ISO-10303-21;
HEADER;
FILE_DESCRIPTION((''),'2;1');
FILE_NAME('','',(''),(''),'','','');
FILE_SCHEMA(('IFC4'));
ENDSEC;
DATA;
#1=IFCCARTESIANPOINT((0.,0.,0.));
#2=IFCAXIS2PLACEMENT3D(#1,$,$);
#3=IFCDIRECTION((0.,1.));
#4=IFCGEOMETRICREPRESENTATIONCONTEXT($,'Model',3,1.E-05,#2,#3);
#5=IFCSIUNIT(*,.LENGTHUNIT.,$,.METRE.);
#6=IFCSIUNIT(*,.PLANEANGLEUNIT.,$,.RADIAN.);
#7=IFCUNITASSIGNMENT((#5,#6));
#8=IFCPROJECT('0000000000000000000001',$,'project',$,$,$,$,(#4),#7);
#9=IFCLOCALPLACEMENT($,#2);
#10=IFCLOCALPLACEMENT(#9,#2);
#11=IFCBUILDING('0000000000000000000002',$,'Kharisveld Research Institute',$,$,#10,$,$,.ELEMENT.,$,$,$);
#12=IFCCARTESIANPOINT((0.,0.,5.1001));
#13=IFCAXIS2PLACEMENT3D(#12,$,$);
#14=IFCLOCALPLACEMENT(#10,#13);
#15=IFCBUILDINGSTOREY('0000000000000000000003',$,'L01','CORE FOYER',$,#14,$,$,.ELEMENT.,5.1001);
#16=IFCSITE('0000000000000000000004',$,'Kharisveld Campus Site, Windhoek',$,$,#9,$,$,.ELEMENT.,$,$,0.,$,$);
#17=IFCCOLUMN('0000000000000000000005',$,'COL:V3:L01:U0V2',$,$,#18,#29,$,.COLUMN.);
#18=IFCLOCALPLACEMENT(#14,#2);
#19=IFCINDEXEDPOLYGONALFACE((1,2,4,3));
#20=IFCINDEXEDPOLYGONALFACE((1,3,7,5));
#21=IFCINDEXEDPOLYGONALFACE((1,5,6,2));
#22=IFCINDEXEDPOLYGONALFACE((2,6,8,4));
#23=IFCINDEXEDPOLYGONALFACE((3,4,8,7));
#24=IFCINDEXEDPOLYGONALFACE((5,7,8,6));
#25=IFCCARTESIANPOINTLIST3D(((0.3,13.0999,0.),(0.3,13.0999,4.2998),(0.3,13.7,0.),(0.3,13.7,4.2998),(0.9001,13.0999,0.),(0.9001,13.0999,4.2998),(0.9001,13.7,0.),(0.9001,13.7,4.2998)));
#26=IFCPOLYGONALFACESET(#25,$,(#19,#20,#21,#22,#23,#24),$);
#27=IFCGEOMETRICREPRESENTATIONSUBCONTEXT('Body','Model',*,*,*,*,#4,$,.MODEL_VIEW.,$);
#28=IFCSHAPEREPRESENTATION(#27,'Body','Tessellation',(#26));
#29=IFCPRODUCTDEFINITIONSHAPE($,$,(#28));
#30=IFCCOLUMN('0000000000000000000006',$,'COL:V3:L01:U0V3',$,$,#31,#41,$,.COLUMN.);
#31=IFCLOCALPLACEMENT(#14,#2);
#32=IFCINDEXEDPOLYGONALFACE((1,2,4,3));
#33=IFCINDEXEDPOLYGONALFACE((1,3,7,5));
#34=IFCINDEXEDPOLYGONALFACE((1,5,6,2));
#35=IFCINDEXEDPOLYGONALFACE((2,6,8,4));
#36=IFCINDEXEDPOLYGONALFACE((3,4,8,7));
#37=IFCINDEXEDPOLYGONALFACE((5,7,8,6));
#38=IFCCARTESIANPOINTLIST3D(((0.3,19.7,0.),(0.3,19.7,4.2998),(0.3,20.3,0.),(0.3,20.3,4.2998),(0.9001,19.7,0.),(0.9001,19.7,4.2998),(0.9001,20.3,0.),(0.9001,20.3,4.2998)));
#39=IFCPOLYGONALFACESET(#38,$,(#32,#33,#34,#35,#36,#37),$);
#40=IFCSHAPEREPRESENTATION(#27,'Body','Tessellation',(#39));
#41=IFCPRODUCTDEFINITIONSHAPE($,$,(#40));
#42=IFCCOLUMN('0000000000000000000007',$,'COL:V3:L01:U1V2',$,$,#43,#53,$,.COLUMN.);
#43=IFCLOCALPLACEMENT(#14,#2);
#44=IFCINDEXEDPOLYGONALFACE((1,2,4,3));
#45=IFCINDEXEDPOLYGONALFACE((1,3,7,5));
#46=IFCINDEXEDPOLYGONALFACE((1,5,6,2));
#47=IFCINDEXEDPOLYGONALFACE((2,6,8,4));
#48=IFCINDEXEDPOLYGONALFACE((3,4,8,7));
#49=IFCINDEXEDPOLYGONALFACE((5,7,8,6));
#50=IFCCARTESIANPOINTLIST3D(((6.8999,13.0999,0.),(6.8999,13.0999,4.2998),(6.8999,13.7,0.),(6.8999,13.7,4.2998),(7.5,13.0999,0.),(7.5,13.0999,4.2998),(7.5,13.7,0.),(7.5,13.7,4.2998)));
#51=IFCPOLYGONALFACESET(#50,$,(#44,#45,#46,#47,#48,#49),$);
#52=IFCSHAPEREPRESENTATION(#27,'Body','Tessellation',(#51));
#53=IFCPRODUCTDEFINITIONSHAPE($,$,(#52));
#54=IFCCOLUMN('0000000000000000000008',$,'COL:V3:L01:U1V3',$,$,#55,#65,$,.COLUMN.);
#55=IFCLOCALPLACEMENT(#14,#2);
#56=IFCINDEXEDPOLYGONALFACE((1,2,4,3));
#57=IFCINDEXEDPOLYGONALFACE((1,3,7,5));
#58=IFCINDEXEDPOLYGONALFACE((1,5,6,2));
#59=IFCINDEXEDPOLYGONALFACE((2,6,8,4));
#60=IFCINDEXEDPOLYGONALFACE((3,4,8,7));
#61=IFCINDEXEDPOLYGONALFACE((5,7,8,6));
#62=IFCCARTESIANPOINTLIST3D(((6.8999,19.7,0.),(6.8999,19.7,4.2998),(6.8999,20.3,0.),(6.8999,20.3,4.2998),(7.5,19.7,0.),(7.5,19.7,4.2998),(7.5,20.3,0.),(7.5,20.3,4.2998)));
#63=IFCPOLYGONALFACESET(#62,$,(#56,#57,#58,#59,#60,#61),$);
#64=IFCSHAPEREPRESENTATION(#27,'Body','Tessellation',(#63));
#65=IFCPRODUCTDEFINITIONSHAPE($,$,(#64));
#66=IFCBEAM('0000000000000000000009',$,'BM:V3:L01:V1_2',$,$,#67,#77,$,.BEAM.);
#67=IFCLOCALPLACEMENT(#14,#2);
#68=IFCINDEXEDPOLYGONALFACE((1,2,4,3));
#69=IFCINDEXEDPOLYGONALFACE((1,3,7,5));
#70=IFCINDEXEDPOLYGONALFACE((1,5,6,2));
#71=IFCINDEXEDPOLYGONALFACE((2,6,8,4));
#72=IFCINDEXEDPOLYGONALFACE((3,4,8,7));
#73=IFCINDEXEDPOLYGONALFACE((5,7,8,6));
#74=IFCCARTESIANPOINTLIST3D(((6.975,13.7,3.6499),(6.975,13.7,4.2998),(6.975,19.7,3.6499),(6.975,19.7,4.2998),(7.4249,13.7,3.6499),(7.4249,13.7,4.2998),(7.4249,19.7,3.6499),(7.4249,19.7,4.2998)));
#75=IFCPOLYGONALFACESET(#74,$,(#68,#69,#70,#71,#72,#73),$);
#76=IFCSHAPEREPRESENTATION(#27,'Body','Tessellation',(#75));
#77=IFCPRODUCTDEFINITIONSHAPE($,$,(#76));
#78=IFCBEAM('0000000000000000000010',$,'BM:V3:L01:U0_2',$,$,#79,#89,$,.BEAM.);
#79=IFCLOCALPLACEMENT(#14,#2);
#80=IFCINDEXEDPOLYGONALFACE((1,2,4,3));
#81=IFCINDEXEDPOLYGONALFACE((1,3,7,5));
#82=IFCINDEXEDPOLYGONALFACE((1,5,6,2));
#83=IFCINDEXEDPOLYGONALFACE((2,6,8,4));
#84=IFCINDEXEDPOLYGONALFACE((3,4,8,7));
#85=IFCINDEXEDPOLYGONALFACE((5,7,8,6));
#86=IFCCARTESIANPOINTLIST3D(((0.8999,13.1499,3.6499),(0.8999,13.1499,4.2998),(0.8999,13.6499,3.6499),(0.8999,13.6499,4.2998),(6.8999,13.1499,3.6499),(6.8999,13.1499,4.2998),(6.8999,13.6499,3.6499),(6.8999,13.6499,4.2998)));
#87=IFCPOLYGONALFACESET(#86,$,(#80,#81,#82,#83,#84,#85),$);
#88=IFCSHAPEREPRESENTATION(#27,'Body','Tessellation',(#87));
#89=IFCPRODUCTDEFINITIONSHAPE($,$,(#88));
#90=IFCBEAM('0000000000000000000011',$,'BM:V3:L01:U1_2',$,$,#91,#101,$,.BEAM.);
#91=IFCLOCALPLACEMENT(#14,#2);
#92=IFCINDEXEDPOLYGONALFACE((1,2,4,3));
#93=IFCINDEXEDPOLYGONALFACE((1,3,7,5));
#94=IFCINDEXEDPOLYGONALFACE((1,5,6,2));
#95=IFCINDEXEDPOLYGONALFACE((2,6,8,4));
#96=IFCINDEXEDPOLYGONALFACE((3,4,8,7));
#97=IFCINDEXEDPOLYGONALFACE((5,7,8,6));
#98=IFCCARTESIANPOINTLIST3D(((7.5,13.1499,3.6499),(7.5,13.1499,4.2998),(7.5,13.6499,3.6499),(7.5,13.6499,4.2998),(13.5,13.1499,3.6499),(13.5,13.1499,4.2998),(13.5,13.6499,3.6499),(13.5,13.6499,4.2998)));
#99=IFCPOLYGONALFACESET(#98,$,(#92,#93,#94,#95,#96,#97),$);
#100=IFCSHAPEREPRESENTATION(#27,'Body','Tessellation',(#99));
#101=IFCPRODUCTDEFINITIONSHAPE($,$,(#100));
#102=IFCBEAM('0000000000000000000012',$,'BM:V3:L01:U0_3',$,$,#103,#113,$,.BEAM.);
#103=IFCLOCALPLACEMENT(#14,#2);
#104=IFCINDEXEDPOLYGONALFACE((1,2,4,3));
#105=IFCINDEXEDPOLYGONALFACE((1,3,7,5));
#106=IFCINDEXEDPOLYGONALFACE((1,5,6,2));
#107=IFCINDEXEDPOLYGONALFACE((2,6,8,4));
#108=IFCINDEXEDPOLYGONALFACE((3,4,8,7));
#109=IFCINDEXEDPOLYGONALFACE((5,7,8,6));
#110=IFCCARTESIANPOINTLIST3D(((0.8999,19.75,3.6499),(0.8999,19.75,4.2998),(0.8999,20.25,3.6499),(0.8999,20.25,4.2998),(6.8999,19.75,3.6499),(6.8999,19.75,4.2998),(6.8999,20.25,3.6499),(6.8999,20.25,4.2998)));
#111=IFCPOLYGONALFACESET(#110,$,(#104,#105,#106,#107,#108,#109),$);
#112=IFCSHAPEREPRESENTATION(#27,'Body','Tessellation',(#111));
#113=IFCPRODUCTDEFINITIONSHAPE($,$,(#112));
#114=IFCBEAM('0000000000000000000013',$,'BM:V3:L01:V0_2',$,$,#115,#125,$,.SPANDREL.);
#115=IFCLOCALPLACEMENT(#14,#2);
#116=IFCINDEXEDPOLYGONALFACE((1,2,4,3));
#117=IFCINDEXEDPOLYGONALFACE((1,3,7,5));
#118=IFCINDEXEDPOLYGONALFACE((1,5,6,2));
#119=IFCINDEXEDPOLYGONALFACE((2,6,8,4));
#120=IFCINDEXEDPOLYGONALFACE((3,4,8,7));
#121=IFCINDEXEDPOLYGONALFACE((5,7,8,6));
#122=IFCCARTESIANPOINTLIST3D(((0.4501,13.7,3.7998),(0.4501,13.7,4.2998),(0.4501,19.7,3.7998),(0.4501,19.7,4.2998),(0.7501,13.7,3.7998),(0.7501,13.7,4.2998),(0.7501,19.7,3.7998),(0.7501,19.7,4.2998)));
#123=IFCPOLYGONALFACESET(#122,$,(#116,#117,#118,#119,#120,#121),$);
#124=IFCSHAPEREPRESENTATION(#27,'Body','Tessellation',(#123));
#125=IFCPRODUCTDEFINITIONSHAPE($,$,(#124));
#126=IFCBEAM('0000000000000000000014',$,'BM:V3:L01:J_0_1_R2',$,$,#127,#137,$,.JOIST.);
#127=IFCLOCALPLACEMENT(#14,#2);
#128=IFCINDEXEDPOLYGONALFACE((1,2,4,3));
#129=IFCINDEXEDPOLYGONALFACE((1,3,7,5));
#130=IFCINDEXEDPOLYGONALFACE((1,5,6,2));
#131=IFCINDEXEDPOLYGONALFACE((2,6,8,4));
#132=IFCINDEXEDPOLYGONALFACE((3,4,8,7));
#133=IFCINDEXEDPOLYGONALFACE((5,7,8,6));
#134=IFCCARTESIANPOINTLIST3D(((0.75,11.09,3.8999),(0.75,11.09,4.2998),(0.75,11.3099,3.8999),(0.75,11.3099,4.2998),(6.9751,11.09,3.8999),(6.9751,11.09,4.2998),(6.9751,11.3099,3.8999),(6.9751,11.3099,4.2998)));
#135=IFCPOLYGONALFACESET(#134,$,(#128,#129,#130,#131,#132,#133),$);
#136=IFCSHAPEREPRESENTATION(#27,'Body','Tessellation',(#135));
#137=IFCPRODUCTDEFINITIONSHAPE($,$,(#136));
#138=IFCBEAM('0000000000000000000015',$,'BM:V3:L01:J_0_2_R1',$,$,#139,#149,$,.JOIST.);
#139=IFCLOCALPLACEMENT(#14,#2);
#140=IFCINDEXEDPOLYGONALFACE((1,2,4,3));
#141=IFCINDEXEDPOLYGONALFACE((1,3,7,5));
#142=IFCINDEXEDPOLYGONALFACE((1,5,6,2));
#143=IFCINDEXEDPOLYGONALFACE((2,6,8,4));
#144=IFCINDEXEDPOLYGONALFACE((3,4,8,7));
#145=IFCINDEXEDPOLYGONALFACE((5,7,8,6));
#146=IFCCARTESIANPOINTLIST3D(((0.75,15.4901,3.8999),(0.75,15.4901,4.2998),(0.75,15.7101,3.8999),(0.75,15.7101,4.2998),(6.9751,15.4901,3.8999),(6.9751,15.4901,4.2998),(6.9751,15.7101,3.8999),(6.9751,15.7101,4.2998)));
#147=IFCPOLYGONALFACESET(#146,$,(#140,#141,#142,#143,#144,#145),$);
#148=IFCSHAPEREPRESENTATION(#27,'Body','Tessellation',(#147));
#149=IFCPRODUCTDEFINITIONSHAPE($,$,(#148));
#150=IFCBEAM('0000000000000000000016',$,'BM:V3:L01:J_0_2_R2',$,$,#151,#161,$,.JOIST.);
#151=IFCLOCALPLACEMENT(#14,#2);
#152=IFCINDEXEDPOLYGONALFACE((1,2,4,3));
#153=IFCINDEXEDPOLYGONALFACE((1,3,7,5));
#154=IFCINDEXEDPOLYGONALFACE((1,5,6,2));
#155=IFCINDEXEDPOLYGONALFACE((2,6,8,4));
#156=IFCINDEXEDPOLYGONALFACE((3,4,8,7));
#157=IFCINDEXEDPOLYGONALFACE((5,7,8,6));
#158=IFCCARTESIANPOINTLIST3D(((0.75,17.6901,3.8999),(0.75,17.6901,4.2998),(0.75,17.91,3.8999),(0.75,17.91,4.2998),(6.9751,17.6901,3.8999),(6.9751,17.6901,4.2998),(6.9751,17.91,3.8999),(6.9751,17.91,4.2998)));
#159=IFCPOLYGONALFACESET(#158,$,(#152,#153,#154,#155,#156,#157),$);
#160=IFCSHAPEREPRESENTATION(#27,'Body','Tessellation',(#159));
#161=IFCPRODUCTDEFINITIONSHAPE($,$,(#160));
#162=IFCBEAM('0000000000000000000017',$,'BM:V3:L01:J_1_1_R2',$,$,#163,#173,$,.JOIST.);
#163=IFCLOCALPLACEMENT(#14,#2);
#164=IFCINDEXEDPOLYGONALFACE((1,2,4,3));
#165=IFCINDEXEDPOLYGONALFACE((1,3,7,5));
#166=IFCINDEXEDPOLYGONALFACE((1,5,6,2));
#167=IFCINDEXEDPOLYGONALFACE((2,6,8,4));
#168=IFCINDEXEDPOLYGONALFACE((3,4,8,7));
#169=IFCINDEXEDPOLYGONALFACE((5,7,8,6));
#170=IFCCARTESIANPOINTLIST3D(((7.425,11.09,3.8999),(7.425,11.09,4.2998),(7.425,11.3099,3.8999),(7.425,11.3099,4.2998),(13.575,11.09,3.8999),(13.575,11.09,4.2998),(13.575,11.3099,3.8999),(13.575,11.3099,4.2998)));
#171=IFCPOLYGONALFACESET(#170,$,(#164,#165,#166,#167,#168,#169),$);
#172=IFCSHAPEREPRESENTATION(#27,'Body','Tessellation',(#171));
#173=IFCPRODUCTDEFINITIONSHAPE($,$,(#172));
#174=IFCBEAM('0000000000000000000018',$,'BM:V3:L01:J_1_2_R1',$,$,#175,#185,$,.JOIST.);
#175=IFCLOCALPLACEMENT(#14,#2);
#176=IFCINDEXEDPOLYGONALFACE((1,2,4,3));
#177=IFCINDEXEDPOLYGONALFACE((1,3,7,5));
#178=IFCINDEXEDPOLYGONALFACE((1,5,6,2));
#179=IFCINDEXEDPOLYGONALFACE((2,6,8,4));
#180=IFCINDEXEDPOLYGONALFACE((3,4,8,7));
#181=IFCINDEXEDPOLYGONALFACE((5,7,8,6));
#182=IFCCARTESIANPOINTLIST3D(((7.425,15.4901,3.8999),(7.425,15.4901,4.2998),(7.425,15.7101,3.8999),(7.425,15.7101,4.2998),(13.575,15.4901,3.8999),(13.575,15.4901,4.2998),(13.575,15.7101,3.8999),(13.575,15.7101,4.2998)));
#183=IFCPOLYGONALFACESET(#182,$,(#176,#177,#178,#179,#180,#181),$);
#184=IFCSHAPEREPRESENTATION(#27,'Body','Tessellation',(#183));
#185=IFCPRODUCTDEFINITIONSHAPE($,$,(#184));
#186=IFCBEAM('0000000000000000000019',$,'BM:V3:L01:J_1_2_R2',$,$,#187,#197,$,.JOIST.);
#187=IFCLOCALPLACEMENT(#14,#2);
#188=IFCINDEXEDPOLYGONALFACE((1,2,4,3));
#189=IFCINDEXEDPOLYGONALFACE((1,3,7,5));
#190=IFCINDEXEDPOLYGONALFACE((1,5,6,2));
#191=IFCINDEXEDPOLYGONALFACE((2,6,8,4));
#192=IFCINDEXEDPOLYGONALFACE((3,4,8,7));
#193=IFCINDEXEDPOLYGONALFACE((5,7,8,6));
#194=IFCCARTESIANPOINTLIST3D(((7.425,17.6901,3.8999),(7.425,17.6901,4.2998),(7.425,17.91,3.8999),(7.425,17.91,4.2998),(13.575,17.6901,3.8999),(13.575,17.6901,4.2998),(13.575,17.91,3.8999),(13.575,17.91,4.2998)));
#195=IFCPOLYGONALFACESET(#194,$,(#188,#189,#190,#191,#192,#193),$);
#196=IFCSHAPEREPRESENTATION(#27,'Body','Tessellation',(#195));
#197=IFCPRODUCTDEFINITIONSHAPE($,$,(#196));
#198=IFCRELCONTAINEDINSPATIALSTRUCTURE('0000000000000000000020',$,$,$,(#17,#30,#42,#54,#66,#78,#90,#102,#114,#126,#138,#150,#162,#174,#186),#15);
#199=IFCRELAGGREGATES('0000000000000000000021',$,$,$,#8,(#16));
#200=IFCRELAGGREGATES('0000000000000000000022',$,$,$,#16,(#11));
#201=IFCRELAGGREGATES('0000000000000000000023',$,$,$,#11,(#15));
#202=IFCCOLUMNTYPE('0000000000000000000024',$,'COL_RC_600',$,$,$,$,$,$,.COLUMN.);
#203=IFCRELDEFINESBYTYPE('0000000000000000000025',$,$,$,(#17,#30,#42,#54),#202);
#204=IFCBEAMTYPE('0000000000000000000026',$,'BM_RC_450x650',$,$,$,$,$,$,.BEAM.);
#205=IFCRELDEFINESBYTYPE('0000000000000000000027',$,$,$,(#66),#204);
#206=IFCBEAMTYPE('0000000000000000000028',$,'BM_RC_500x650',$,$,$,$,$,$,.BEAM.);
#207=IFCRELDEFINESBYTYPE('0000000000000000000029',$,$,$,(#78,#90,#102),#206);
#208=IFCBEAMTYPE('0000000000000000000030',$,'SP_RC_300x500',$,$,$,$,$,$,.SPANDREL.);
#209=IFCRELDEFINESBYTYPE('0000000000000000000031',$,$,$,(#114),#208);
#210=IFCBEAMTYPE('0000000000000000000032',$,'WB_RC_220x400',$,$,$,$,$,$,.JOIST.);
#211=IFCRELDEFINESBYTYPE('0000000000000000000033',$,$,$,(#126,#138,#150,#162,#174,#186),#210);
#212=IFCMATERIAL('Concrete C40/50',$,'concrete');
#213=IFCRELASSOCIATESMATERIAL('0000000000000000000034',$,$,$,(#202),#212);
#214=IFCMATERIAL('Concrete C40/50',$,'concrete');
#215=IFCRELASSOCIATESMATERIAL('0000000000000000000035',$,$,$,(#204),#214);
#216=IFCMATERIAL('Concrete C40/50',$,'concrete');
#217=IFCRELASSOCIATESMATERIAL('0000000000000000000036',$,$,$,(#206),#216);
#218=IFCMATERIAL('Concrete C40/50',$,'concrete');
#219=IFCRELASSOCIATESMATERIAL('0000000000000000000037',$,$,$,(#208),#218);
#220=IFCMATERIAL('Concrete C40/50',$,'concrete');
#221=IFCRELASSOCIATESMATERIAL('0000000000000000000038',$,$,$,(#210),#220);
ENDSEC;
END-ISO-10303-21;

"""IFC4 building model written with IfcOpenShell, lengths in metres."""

from ifc_helpers import new_model, si_unit, direction, frame, origin, origin_2d, place, context, subcontext, project, spatial, rectangle, extrude, material, material_profile, profile_set, type_object, element, save


model = new_model("IFC4")

# Units and contexts
model_context = context("Model", 3, precision=1e-05, world=origin(), true_north=direction((0.0, 1.0)))
body_context = subcontext(model_context, "Body", "Model", "MODEL_VIEW")
ifc_project = project(units=[si_unit("LENGTHUNIT", "METRE"), si_unit("PLANEANGLEUNIT", "RADIAN")], contexts=[model_context])

# Site, building, storey
site_placement = place(None, origin())
site = spatial("IfcSite", under=ifc_project, at=site_placement, Name="Kharisveld Campus Site, Windhoek", CompositionType="ELEMENT", RefElevation=0.0)
building_placement = place(site_placement, origin())
building = spatial("IfcBuilding", under=site, at=building_placement, Name="Kharisveld Research Institute", CompositionType="ELEMENT")
storey_placement = place(building_placement, frame((0.0, 0.0, 5.1001)))
storey = spatial("IfcBuildingStorey", under=building, at=storey_placement, Name="L01", Description="CORE FOYER", CompositionType="ELEMENT", Elevation=5.1001)

# Columns
ifc_material_1 = material(Name="Concrete C40/50", Category="concrete")
ifc_material_profile_1 = material_profile(ifc_material_1, rectangle(XDim=0.6001, YDim=0.6001, at=origin_2d()))
ifc_profile_set_1 = profile_set([ifc_material_profile_1], Name="Concrete C40/50")
column_type = type_object("IfcColumnType", Name="COL_RC_600", PredefinedType="COLUMN", material=ifc_profile_set_1)
for number, where, z_axis, x_axis, name in (
    (1, (0.6001, 13.3999, 0.0), (0.0, 0.0, 1.0), (1.0, 0.0, 0.0), "COL:V3:L01:U0V2"),
    (2, (0.6001, 20.0, 0.0), (0.0, 0.0, 1.0), (1.0, 0.0, 0.0), "COL:V3:L01:U0V3"),
    (3, (7.2, 13.3999, 0.0), (0.0, 0.0, 1.0), (1.0, 0.0, 0.0), "COL:V3:L01:U1V2"),
    (4, (7.2, 20.0, 0.0), (0.0, 0.0, 1.0), (1.0, 0.0, 0.0), "COL:V3:L01:U1V3"),
):
    element("IfcColumn", number, at=place(storey_placement, frame(where, z_axis=z_axis, x_axis=x_axis)), inside=storey, type_object=column_type, Name=name, PredefinedType="COLUMN", context=body_context, shape_type="SweptSolid", body=[
        extrude(rectangle(XDim=0.6001, YDim=0.6001, at=origin_2d()), origin(), (0.0, 0.0, 1.0), 4.2998),
    ])

# Beams
ifc_material_2 = material(Name="Concrete C40/50", Category="concrete")
ifc_material_profile_2 = material_profile(ifc_material_2, rectangle(XDim=0.45, YDim=0.6499, at=origin_2d()))
ifc_profile_set_2 = profile_set([ifc_material_profile_2], Name="Concrete C40/50")
beam_type_1 = type_object("IfcBeamType", Name="BM_RC_450x650", PredefinedType="BEAM", material=ifc_profile_set_2)
beam_1_placement = place(storey_placement, frame((7.2, 13.7, 3.9749), z_axis=(0.0, 1.0, 0.0), x_axis=(-1.0, 0.0, 0.0)))
element("IfcBeam", 5, at=beam_1_placement, inside=storey, type_object=beam_type_1, Name="BM:V3:L01:V1_2", PredefinedType="BEAM", context=body_context, shape_type="SweptSolid", body=[
    extrude(rectangle(XDim=0.45, YDim=0.6499, at=origin_2d()), origin(), (0.0, 0.0, 1.0), 6.0),
])
ifc_material_3 = material(Name="Concrete C40/50", Category="concrete")
ifc_material_profile_3 = material_profile(ifc_material_3, rectangle(XDim=0.5, YDim=0.6499, at=origin_2d()))
ifc_profile_set_3 = profile_set([ifc_material_profile_3], Name="Concrete C40/50")
beam_type_2 = type_object("IfcBeamType", Name="BM_RC_500x650", PredefinedType="BEAM", material=ifc_profile_set_3)
for number, where, z_axis, x_axis, name in (
    (6, (0.8999, 13.3999, 3.9749), (1.0, 0.0, 0.0), (0.0, 1.0, 0.0), "BM:V3:L01:U0_2"),
    (7, (7.5, 13.3999, 3.9749), (1.0, 0.0, 0.0), (0.0, 1.0, 0.0), "BM:V3:L01:U1_2"),
    (8, (0.8999, 20.0, 3.9749), (1.0, 0.0, 0.0), (0.0, 1.0, 0.0), "BM:V3:L01:U0_3"),
):
    element("IfcBeam", number, at=place(storey_placement, frame(where, z_axis=z_axis, x_axis=x_axis)), inside=storey, type_object=beam_type_2, Name=name, PredefinedType="BEAM", context=body_context, shape_type="SweptSolid", body=[
        extrude(rectangle(XDim=0.5, YDim=0.6499, at=origin_2d()), origin(), (0.0, 0.0, 1.0), 6.0),
    ])
ifc_material_4 = material(Name="Concrete C40/50", Category="concrete")
ifc_material_profile_4 = material_profile(ifc_material_4, rectangle(XDim=0.3, YDim=0.5, at=origin_2d()))
ifc_profile_set_4 = profile_set([ifc_material_profile_4], Name="Concrete C40/50")
beam_type_3 = type_object("IfcBeamType", Name="SP_RC_300x500", PredefinedType="SPANDREL", material=ifc_profile_set_4)
beam_2_placement = place(storey_placement, frame((0.6001, 13.7, 4.0498), z_axis=(0.0, 1.0, 0.0), x_axis=(-1.0, 0.0, 0.0)))
element("IfcBeam", 9, at=beam_2_placement, inside=storey, type_object=beam_type_3, Name="BM:V3:L01:V0_2", PredefinedType="SPANDREL", context=body_context, shape_type="SweptSolid", body=[
    extrude(rectangle(XDim=0.3, YDim=0.5, at=origin_2d()), origin(), (0.0, 0.0, 1.0), 6.0),
])
ifc_material_5 = material(Name="Concrete C40/50", Category="concrete")
ifc_material_profile_5 = material_profile(ifc_material_5, rectangle(XDim=0.22, YDim=0.3999, at=origin_2d()))
ifc_profile_set_5 = profile_set([ifc_material_profile_5], Name="Concrete C40/50")
beam_type_4 = type_object("IfcBeamType", Name="WB_RC_220x400", PredefinedType="JOIST", material=ifc_profile_set_5)
for number, where, z_axis, x_axis, name in (
    (10, (0.75, 11.2, 4.0999), (1.0, 0.0, 0.0), (0.0, 1.0, 0.0), "BM:V3:L01:J_0_1_R2"),
    (11, (0.75, 15.6001, 4.0999), (1.0, 0.0, 0.0), (0.0, 1.0, 0.0), "BM:V3:L01:J_0_2_R1"),
    (12, (0.75, 17.8, 4.0999), (1.0, 0.0, 0.0), (0.0, 1.0, 0.0), "BM:V3:L01:J_0_2_R2"),
):
    element("IfcBeam", number, at=place(storey_placement, frame(where, z_axis=z_axis, x_axis=x_axis)), inside=storey, type_object=beam_type_4, Name=name, PredefinedType="JOIST", context=body_context, shape_type="SweptSolid", body=[
        extrude(rectangle(XDim=0.22, YDim=0.3999, at=origin_2d()), origin(), (0.0, 0.0, 1.0), 6.2251),
    ])
for number, where, z_axis, x_axis, name in (
    (13, (7.425, 11.2, 4.0999), (1.0, 0.0, 0.0), (0.0, 1.0, 0.0), "BM:V3:L01:J_1_1_R2"),
    (14, (7.425, 15.6001, 4.0999), (1.0, 0.0, 0.0), (0.0, 1.0, 0.0), "BM:V3:L01:J_1_2_R1"),
    (15, (7.425, 17.8, 4.0999), (1.0, 0.0, 0.0), (0.0, 1.0, 0.0), "BM:V3:L01:J_1_2_R2"),
):
    element("IfcBeam", number, at=place(storey_placement, frame(where, z_axis=z_axis, x_axis=x_axis)), inside=storey, type_object=beam_type_4, Name=name, PredefinedType="JOIST", context=body_context, shape_type="SweptSolid", body=[
        extrude(rectangle(XDim=0.22, YDim=0.3999, at=origin_2d()), origin(), (0.0, 0.0, 1.0), 6.1499),
    ])

save(model, "model.ifc")
